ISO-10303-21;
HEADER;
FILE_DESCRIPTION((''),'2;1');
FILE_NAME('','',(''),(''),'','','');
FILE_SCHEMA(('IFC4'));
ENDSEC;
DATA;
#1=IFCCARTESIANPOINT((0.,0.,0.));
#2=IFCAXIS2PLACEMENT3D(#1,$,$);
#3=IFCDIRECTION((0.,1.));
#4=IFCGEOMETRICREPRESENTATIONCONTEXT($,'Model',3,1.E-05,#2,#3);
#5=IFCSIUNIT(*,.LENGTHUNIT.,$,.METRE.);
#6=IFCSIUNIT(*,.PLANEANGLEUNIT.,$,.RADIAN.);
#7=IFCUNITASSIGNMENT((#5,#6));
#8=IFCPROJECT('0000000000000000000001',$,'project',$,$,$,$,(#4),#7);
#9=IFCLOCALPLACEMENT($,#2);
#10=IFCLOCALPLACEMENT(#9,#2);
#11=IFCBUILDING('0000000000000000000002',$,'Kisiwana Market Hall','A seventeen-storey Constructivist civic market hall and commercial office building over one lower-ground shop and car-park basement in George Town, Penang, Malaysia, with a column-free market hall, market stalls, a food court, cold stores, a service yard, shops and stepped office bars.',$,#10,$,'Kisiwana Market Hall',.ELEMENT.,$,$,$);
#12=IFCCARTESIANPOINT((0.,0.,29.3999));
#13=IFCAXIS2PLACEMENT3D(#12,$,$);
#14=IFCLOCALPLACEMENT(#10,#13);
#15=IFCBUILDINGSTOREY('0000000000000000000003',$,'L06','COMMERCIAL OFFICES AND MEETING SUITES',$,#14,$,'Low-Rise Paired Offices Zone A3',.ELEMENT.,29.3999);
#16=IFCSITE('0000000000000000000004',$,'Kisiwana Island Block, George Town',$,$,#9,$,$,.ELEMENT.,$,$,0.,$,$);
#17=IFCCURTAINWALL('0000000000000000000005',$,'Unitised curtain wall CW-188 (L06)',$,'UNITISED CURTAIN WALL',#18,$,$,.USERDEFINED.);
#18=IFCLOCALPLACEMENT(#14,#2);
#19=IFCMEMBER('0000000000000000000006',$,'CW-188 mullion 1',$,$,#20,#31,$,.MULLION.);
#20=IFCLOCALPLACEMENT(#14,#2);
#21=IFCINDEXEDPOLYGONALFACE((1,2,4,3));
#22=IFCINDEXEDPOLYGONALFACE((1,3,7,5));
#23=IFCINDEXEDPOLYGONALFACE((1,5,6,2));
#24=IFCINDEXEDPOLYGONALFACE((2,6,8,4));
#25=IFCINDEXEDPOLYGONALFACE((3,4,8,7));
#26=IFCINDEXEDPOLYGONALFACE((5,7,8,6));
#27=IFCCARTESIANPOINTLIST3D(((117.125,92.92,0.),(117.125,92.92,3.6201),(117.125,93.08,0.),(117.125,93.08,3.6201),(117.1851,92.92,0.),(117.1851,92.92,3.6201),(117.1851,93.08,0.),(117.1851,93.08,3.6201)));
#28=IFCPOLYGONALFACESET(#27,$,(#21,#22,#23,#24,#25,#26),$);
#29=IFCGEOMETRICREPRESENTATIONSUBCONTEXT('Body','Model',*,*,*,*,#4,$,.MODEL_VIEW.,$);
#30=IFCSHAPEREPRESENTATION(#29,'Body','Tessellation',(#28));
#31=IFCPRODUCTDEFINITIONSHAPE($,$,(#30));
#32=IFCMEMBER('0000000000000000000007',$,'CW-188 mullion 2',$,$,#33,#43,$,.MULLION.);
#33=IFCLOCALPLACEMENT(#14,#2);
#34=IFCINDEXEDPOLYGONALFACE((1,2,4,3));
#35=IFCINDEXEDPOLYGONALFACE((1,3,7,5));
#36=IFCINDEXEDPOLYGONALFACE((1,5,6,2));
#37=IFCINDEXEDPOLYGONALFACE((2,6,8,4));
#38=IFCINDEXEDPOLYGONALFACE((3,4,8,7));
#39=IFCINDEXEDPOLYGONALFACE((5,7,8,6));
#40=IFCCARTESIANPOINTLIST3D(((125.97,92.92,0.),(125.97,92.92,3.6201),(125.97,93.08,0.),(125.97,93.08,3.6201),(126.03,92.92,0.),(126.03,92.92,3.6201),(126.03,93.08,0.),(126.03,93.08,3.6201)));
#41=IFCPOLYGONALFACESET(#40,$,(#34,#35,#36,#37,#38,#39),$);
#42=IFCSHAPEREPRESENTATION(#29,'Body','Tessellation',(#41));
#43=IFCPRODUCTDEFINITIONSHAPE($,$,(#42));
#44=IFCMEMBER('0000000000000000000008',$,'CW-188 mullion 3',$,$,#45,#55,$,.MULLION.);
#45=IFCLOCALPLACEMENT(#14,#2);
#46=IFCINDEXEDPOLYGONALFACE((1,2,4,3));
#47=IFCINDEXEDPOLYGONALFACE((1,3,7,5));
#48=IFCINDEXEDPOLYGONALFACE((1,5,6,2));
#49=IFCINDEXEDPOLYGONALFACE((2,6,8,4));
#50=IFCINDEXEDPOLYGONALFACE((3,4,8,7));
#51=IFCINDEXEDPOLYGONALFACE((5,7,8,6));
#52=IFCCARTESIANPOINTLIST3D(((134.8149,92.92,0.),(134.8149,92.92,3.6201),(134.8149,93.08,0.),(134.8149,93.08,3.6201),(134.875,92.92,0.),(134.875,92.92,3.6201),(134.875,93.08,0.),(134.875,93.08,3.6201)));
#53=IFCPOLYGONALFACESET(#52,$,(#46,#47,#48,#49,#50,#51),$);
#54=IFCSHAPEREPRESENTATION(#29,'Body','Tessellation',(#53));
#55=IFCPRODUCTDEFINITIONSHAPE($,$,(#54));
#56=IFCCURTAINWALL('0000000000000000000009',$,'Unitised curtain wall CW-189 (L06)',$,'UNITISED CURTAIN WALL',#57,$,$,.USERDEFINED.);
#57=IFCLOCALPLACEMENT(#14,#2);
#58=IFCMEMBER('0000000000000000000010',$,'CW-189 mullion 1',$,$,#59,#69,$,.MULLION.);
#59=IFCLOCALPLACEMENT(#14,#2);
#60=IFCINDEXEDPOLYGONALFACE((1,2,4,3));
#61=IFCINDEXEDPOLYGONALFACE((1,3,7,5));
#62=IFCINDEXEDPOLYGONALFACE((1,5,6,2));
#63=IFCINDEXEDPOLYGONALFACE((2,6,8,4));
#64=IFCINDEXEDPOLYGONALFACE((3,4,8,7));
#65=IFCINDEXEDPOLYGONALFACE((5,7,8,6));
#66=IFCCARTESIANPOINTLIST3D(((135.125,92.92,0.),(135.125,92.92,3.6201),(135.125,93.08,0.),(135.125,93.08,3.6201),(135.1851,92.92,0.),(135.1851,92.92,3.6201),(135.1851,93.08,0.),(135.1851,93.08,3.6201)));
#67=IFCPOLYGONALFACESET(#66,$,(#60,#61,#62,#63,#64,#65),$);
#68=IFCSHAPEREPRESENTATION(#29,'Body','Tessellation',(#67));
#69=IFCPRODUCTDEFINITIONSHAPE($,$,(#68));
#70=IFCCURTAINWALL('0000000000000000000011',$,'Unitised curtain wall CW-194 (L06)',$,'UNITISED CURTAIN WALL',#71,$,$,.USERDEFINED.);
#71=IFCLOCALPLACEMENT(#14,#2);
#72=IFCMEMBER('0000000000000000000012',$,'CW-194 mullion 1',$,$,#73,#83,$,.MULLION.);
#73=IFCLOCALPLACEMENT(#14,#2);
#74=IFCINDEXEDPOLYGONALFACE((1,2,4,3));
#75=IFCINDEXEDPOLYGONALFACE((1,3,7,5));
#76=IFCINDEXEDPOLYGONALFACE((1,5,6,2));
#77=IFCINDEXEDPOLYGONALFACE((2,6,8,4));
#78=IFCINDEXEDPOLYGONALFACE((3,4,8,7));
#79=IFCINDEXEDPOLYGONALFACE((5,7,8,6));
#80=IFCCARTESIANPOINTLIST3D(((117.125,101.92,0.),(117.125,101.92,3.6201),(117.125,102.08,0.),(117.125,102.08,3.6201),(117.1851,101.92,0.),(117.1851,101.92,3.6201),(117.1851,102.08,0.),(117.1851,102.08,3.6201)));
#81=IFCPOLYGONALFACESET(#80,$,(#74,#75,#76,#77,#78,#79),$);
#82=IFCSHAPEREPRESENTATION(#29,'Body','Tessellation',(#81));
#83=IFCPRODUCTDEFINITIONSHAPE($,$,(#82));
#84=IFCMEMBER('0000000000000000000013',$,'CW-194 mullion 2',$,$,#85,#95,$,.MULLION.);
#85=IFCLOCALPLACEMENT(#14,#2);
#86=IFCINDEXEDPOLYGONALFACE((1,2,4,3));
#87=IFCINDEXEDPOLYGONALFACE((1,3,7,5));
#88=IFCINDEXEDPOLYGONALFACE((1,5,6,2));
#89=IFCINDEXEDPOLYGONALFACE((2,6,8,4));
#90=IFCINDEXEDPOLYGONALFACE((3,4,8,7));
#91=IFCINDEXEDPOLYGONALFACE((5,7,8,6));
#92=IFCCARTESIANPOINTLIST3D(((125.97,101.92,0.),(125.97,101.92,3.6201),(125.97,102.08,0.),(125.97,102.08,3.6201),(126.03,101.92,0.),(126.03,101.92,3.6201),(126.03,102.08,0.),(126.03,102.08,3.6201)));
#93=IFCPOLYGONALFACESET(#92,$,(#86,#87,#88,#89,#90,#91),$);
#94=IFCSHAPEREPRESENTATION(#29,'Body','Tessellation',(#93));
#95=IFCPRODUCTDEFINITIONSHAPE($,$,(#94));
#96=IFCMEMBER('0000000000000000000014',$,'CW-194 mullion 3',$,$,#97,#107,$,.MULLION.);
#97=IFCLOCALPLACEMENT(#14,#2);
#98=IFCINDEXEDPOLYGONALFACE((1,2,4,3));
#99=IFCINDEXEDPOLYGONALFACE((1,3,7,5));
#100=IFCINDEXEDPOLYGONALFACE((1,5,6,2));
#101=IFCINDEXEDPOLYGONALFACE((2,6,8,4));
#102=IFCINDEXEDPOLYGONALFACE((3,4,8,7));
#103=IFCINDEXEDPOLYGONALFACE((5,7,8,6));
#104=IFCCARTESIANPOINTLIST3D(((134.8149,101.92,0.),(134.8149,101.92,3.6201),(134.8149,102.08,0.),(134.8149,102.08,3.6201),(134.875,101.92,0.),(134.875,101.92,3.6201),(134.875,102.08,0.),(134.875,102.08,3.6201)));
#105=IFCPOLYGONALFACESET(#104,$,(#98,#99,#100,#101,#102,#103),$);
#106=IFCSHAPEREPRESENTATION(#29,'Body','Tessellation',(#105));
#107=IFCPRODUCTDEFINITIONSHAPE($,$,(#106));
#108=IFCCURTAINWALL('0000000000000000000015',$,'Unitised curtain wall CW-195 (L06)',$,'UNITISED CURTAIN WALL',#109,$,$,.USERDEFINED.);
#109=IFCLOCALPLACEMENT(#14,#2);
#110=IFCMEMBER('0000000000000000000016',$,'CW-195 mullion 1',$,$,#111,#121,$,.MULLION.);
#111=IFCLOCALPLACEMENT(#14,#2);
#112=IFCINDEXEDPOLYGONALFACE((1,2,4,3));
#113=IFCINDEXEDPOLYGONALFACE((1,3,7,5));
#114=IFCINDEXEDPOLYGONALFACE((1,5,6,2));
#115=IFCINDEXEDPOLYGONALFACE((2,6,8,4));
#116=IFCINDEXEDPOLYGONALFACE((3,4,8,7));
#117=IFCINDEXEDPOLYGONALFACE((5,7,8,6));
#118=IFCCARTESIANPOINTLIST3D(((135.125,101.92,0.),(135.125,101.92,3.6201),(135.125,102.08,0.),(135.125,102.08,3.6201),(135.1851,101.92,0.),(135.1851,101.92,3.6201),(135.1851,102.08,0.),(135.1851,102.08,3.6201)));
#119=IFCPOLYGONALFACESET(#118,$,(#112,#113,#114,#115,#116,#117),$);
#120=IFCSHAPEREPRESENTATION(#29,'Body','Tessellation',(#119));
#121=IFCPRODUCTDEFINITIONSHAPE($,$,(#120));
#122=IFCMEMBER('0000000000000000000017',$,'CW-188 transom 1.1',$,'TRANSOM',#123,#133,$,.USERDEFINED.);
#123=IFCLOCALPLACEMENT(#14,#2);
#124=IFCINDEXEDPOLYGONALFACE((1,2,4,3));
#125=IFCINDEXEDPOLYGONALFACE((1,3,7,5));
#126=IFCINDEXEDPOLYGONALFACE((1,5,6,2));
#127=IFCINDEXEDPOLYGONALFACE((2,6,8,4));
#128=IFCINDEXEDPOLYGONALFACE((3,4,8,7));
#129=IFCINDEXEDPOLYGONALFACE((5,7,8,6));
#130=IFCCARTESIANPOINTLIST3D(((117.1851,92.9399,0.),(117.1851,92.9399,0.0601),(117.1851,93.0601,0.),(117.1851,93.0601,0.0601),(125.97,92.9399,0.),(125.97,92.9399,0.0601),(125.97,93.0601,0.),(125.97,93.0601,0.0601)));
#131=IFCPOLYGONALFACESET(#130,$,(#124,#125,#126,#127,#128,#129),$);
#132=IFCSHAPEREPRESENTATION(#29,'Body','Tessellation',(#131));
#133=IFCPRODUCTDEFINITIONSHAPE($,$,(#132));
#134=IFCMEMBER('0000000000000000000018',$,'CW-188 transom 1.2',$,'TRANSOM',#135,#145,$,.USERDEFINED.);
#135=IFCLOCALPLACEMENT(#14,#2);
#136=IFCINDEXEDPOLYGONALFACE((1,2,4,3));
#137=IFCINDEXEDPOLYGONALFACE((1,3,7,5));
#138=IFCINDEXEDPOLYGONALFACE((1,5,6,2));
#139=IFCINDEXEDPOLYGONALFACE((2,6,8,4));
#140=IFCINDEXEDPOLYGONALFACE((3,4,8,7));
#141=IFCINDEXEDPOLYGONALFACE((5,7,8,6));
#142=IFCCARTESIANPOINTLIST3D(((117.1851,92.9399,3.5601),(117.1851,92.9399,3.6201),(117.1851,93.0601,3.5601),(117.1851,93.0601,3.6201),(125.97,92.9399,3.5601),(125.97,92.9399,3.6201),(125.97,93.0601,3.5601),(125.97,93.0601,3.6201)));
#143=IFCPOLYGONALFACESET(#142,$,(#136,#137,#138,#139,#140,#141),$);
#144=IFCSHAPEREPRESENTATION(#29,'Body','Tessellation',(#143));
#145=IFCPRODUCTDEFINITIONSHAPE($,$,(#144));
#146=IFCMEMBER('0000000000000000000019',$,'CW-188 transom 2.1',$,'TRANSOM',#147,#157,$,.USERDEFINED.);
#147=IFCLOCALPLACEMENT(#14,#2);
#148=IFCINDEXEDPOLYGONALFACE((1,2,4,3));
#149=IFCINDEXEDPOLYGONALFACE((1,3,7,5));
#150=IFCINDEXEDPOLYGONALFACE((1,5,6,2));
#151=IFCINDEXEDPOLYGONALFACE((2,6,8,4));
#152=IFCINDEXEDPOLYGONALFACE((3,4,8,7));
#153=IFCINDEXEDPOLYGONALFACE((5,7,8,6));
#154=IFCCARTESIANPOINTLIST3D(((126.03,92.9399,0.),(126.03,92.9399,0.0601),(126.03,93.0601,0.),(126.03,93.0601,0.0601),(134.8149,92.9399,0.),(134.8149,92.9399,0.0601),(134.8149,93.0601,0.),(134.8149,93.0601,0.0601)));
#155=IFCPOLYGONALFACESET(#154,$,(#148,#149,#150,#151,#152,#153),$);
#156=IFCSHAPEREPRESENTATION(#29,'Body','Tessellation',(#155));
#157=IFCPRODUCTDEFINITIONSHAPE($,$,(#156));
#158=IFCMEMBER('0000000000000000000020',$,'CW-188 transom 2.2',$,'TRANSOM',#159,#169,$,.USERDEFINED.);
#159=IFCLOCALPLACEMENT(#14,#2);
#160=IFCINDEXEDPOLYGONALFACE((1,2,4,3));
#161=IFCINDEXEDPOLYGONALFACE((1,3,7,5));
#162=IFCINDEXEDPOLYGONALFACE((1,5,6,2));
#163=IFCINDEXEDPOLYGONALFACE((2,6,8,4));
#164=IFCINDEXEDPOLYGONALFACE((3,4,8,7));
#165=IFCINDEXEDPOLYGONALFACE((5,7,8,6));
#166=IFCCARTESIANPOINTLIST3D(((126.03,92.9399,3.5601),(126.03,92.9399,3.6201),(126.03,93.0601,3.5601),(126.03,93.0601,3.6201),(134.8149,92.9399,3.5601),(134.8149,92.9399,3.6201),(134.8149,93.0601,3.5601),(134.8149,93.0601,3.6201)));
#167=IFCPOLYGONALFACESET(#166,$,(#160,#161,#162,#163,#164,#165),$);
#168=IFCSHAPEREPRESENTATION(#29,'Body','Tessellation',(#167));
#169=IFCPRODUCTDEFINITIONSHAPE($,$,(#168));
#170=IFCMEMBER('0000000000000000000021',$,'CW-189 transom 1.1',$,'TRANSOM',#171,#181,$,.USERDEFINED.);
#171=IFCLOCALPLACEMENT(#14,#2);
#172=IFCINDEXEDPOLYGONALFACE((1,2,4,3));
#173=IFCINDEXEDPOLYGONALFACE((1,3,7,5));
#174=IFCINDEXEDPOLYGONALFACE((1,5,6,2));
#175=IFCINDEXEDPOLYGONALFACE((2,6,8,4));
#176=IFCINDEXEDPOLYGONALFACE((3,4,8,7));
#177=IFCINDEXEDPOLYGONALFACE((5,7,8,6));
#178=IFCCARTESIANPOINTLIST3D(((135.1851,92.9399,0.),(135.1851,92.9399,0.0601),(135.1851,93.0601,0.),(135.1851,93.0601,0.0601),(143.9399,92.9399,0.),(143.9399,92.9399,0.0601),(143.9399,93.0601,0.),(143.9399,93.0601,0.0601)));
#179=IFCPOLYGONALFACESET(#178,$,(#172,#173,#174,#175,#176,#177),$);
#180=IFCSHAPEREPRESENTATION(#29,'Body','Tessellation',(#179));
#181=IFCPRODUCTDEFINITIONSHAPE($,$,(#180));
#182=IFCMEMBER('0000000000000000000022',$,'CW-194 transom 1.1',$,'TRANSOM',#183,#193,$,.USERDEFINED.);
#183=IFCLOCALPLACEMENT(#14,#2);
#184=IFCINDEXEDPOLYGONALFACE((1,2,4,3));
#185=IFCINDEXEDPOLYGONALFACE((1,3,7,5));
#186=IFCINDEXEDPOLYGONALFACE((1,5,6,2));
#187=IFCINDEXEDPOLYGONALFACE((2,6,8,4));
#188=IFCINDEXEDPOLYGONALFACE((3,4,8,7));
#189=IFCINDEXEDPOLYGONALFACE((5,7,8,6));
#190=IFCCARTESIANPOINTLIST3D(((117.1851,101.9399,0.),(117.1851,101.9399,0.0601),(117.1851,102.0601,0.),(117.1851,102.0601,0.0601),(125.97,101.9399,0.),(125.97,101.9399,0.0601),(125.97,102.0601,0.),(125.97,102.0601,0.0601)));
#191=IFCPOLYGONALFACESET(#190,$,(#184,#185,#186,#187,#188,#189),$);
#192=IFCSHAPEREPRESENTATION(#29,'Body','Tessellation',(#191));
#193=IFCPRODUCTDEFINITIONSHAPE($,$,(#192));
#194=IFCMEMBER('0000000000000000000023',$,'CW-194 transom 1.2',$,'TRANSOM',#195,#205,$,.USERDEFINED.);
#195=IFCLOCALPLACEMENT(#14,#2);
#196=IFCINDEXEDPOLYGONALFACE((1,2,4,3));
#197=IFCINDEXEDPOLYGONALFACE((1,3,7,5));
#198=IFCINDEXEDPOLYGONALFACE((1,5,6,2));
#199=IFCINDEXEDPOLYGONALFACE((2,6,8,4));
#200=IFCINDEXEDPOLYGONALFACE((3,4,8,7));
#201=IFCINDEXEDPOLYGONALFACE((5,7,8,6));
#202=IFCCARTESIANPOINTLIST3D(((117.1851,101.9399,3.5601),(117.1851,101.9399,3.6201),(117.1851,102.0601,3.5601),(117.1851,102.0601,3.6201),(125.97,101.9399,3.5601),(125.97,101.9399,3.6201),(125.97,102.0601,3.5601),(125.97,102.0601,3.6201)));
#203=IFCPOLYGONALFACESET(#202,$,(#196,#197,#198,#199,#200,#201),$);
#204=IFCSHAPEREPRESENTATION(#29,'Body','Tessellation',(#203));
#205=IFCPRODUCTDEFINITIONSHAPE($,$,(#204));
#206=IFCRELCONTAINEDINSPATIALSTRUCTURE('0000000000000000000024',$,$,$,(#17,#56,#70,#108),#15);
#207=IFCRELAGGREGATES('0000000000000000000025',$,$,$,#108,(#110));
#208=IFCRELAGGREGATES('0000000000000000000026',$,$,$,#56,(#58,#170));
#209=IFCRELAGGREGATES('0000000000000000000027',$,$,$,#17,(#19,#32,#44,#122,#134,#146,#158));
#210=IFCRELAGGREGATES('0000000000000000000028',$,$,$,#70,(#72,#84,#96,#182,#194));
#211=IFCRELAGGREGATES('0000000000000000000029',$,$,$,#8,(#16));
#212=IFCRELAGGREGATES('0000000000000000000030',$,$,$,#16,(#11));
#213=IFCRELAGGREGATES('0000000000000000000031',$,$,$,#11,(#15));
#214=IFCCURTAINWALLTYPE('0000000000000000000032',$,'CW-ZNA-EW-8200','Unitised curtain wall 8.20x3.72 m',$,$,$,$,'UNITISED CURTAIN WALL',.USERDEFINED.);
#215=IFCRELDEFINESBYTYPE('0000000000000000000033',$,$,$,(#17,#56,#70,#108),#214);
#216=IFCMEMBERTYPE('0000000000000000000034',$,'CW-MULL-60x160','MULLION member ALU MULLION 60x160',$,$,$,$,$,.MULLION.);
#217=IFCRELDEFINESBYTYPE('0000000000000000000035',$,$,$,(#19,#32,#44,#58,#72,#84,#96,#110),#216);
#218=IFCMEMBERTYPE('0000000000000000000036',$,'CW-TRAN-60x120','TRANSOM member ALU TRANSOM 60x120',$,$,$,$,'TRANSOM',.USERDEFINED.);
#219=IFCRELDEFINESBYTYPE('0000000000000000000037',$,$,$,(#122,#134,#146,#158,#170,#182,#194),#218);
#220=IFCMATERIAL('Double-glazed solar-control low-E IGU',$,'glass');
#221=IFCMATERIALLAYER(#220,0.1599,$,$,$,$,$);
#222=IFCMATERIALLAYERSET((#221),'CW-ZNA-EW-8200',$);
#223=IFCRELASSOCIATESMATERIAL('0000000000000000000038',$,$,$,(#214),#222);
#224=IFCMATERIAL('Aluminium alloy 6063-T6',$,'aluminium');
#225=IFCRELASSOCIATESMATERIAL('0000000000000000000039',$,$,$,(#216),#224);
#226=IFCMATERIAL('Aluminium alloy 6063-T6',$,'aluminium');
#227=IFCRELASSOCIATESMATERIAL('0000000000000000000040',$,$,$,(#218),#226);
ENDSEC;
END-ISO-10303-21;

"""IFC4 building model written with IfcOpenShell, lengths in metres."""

from ifc_helpers import new_model, si_unit, direction, frame, origin, origin_2d, place, context, subcontext, project, spatial, rectangle, extrude, material, layer, layer_set, material_profile, profile_set, type_object, element, aggregate, save


model = new_model("IFC4")

# Units and contexts
model_context = context("Model", 3, precision=1e-05, world=origin(), true_north=direction((0.0, 1.0)))
body_context = subcontext(model_context, "Body", "Model", "MODEL_VIEW")
ifc_project = project(units=[si_unit("LENGTHUNIT", "METRE"), si_unit("PLANEANGLEUNIT", "RADIAN")], contexts=[model_context])

# Site, building, storey
site_placement = place(None, origin())
site = spatial("IfcSite", under=ifc_project, at=site_placement, Name="Kisiwana Island Block, George Town", CompositionType="ELEMENT", RefElevation=0.0)
building_placement = place(site_placement, origin())
building = spatial("IfcBuilding", under=site, at=building_placement, Name="Kisiwana Market Hall", Description="A seventeen-storey Constructivist civic market hall and commercial office building over one lower-ground shop and car-park basement in George Town, Penang, Malaysia, with a column-free market hall, market stalls, a food court, cold stores, a service yard, shops and stepped office bars.", LongName="Kisiwana Market Hall", CompositionType="ELEMENT")
storey_placement = place(building_placement, frame((0.0, 0.0, 29.3999)))
storey = spatial("IfcBuildingStorey", under=building, at=storey_placement, Name="L06", Description="COMMERCIAL OFFICES AND MEETING SUITES", LongName="Low-Rise Paired Offices Zone A3", CompositionType="ELEMENT", Elevation=29.3999)

# Curtain wall, members
ifc_material_1 = material(Name="Double-glazed solar-control low-E IGU", Category="glass")
ifc_layer_1 = layer(ifc_material_1, 0.1599)
ifc_layer_set_1 = layer_set([ifc_layer_1], Name="CW-ZNA-EW-8200")
curtain_wall_type = type_object("IfcCurtainWallType", Name="CW-ZNA-EW-8200", Description="Unitised curtain wall 8.20x3.72 m", ElementType="UNITISED CURTAIN WALL", PredefinedType="USERDEFINED", material=ifc_layer_set_1)
curtain_wall_1_placement = place(storey_placement, origin())
curtain_wall_1 = element("IfcCurtainWall", 1, at=curtain_wall_1_placement, inside=storey, type_object=curtain_wall_type, Name="Unitised curtain wall CW-188 (L06)", ObjectType="UNITISED CURTAIN WALL", PredefinedType="USERDEFINED")
ifc_material_2 = material(Name="Aluminium alloy 6063-T6", Category="aluminium")
ifc_material_profile_1 = material_profile(ifc_material_2, rectangle(XDim=0.0601, YDim=0.1599, at=origin_2d()), Name="ALU MULLION 60x160")
ifc_profile_set_1 = profile_set([ifc_material_profile_1], Name="Aluminium alloy 6063-T6")
member_type_1 = type_object("IfcMemberType", Name="CW-MULL-60x160", Description="MULLION member ALU MULLION 60x160", PredefinedType="MULLION", material=ifc_profile_set_1)
member_1_placement = place(storey_placement, frame((117.155, 93.0, 0.0), z_axis=(0.0, 0.0, 1.0), x_axis=(1.0, 0.0, 0.0)))
member_1 = element("IfcMember", 2, at=member_1_placement, type_object=member_type_1, Name="CW-188 mullion 1", PredefinedType="MULLION", context=body_context, shape_type="SweptSolid", body=[
    extrude(rectangle(XDim=0.0601, YDim=0.1599, at=origin_2d()), origin(), (0.0, 0.0, 1.0), 3.6201),
])
member_2_placement = place(storey_placement, frame((126.0, 93.0, 0.0), z_axis=(0.0, 0.0, 1.0), x_axis=(1.0, 0.0, 0.0)))
member_2 = element("IfcMember", 3, at=member_2_placement, type_object=member_type_1, Name="CW-188 mullion 2", PredefinedType="MULLION", context=body_context, shape_type="SweptSolid", body=[
    extrude(rectangle(XDim=0.0601, YDim=0.1599, at=origin_2d()), origin(), (0.0, 0.0, 1.0), 3.6201),
])
member_3_placement = place(storey_placement, frame((134.845, 93.0, 0.0), z_axis=(0.0, 0.0, 1.0), x_axis=(1.0, 0.0, 0.0)))
member_3 = element("IfcMember", 4, at=member_3_placement, type_object=member_type_1, Name="CW-188 mullion 3", PredefinedType="MULLION", context=body_context, shape_type="SweptSolid", body=[
    extrude(rectangle(XDim=0.0601, YDim=0.1599, at=origin_2d()), origin(), (0.0, 0.0, 1.0), 3.6201),
])

# Curtain wall, member
curtain_wall_2_placement = place(storey_placement, origin())
curtain_wall_2 = element("IfcCurtainWall", 5, at=curtain_wall_2_placement, inside=storey, type_object=curtain_wall_type, Name="Unitised curtain wall CW-189 (L06)", ObjectType="UNITISED CURTAIN WALL", PredefinedType="USERDEFINED")
member_4_placement = place(storey_placement, frame((135.155, 93.0, 0.0), z_axis=(0.0, 0.0, 1.0), x_axis=(1.0, 0.0, 0.0)))
member_4 = element("IfcMember", 6, at=member_4_placement, type_object=member_type_1, Name="CW-189 mullion 1", PredefinedType="MULLION", context=body_context, shape_type="SweptSolid", body=[
    extrude(rectangle(XDim=0.0601, YDim=0.1599, at=origin_2d()), origin(), (0.0, 0.0, 1.0), 3.6201),
])

# Curtain wall, members
curtain_wall_3_placement = place(storey_placement, origin())
curtain_wall_3 = element("IfcCurtainWall", 7, at=curtain_wall_3_placement, inside=storey, type_object=curtain_wall_type, Name="Unitised curtain wall CW-194 (L06)", ObjectType="UNITISED CURTAIN WALL", PredefinedType="USERDEFINED")
member_5_placement = place(storey_placement, frame((117.155, 102.0, 0.0), z_axis=(0.0, 0.0, 1.0), x_axis=(1.0, 0.0, 0.0)))
member_5 = element("IfcMember", 8, at=member_5_placement, type_object=member_type_1, Name="CW-194 mullion 1", PredefinedType="MULLION", context=body_context, shape_type="SweptSolid", body=[
    extrude(rectangle(XDim=0.0601, YDim=0.1599, at=origin_2d()), origin(), (0.0, 0.0, 1.0), 3.6201),
])
member_6_placement = place(storey_placement, frame((126.0, 102.0, 0.0), z_axis=(0.0, 0.0, 1.0), x_axis=(1.0, 0.0, 0.0)))
member_6 = element("IfcMember", 9, at=member_6_placement, type_object=member_type_1, Name="CW-194 mullion 2", PredefinedType="MULLION", context=body_context, shape_type="SweptSolid", body=[
    extrude(rectangle(XDim=0.0601, YDim=0.1599, at=origin_2d()), origin(), (0.0, 0.0, 1.0), 3.6201),
])
member_7_placement = place(storey_placement, frame((134.845, 102.0, 0.0), z_axis=(0.0, 0.0, 1.0), x_axis=(1.0, 0.0, 0.0)))
member_7 = element("IfcMember", 10, at=member_7_placement, type_object=member_type_1, Name="CW-194 mullion 3", PredefinedType="MULLION", context=body_context, shape_type="SweptSolid", body=[
    extrude(rectangle(XDim=0.0601, YDim=0.1599, at=origin_2d()), origin(), (0.0, 0.0, 1.0), 3.6201),
])

# Curtain wall, member
curtain_wall_4_placement = place(storey_placement, origin())
curtain_wall_4 = element("IfcCurtainWall", 11, at=curtain_wall_4_placement, inside=storey, type_object=curtain_wall_type, Name="Unitised curtain wall CW-195 (L06)", ObjectType="UNITISED CURTAIN WALL", PredefinedType="USERDEFINED")
member_8_placement = place(storey_placement, frame((135.155, 102.0, 0.0), z_axis=(0.0, 0.0, 1.0), x_axis=(1.0, 0.0, 0.0)))
member_8 = element("IfcMember", 12, at=member_8_placement, type_object=member_type_1, Name="CW-195 mullion 1", PredefinedType="MULLION", context=body_context, shape_type="SweptSolid", body=[
    extrude(rectangle(XDim=0.0601, YDim=0.1599, at=origin_2d()), origin(), (0.0, 0.0, 1.0), 3.6201),
])
aggregate(curtain_wall_4, [member_8])

# Members
ifc_material_3 = material(Name="Aluminium alloy 6063-T6", Category="aluminium")
ifc_material_profile_2 = material_profile(ifc_material_3, rectangle(XDim=0.1201, YDim=0.0601, at=origin_2d()), Name="ALU TRANSOM 60x120")
ifc_profile_set_2 = profile_set([ifc_material_profile_2], Name="Aluminium alloy 6063-T6")
member_type_2 = type_object("IfcMemberType", Name="CW-TRAN-60x120", Description="TRANSOM member ALU TRANSOM 60x120", ElementType="TRANSOM", PredefinedType="USERDEFINED", material=ifc_profile_set_2)
member_9_placement = place(storey_placement, frame((117.1851, 93.0, 0.03), z_axis=(1.0, 0.0, 0.0), x_axis=(0.0, 1.0, 0.0)))
member_9 = element("IfcMember", 13, at=member_9_placement, type_object=member_type_2, Name="CW-188 transom 1.1", ObjectType="TRANSOM", PredefinedType="USERDEFINED", context=body_context, shape_type="SweptSolid", body=[
    extrude(rectangle(XDim=0.1201, YDim=0.0601, at=origin_2d()), origin(), (0.0, 0.0, 1.0), 8.7849),
])
member_10_placement = place(storey_placement, frame((117.1851, 93.0, 3.5901), z_axis=(1.0, 0.0, 0.0), x_axis=(0.0, 1.0, 0.0)))
member_10 = element("IfcMember", 14, at=member_10_placement, type_object=member_type_2, Name="CW-188 transom 1.2", ObjectType="TRANSOM", PredefinedType="USERDEFINED", context=body_context, shape_type="SweptSolid", body=[
    extrude(rectangle(XDim=0.1201, YDim=0.0601, at=origin_2d()), origin(), (0.0, 0.0, 1.0), 8.7849),
])
member_11_placement = place(storey_placement, frame((126.03, 93.0, 0.03), z_axis=(1.0, 0.0, 0.0), x_axis=(0.0, 1.0, 0.0)))
member_11 = element("IfcMember", 15, at=member_11_placement, type_object=member_type_2, Name="CW-188 transom 2.1", ObjectType="TRANSOM", PredefinedType="USERDEFINED", context=body_context, shape_type="SweptSolid", body=[
    extrude(rectangle(XDim=0.1201, YDim=0.0601, at=origin_2d()), origin(), (0.0, 0.0, 1.0), 8.7849),
])
member_12_placement = place(storey_placement, frame((126.03, 93.0, 3.5901), z_axis=(1.0, 0.0, 0.0), x_axis=(0.0, 1.0, 0.0)))
member_12 = element("IfcMember", 16, at=member_12_placement, type_object=member_type_2, Name="CW-188 transom 2.2", ObjectType="TRANSOM", PredefinedType="USERDEFINED", context=body_context, shape_type="SweptSolid", body=[
    extrude(rectangle(XDim=0.1201, YDim=0.0601, at=origin_2d()), origin(), (0.0, 0.0, 1.0), 8.7849),
])
member_13_placement = place(storey_placement, frame((135.1851, 93.0, 0.03), z_axis=(1.0, 0.0, 0.0), x_axis=(0.0, 1.0, 0.0)))
member_13 = element("IfcMember", 17, at=member_13_placement, type_object=member_type_2, Name="CW-189 transom 1.1", ObjectType="TRANSOM", PredefinedType="USERDEFINED", context=body_context, shape_type="SweptSolid", body=[
    extrude(rectangle(XDim=0.1201, YDim=0.0601, at=origin_2d()), origin(), (0.0, 0.0, 1.0), 8.7549),
])
aggregate(curtain_wall_2, [member_4, member_13])
member_14_placement = place(storey_placement, frame((117.1851, 102.0, 0.03), z_axis=(1.0, 0.0, 0.0), x_axis=(0.0, 1.0, 0.0)))
member_14 = element("IfcMember", 18, at=member_14_placement, type_object=member_type_2, Name="CW-194 transom 1.1", ObjectType="TRANSOM", PredefinedType="USERDEFINED", context=body_context, shape_type="SweptSolid", body=[
    extrude(rectangle(XDim=0.1201, YDim=0.0601, at=origin_2d()), origin(), (0.0, 0.0, 1.0), 8.7849),
])
member_15_placement = place(storey_placement, frame((117.1851, 102.0, 3.5901), z_axis=(1.0, 0.0, 0.0), x_axis=(0.0, 1.0, 0.0)))
member_15 = element("IfcMember", 19, at=member_15_placement, type_object=member_type_2, Name="CW-194 transom 1.2", ObjectType="TRANSOM", PredefinedType="USERDEFINED", context=body_context, shape_type="SweptSolid", body=[
    extrude(rectangle(XDim=0.1201, YDim=0.0601, at=origin_2d()), origin(), (0.0, 0.0, 1.0), 8.7849),
])

aggregate(curtain_wall_1, [member_1, member_2, member_3, member_9, member_10, member_11, member_12])
aggregate(curtain_wall_3, [member_5, member_6, member_7, member_14, member_15])

save(model, "model.ifc")
